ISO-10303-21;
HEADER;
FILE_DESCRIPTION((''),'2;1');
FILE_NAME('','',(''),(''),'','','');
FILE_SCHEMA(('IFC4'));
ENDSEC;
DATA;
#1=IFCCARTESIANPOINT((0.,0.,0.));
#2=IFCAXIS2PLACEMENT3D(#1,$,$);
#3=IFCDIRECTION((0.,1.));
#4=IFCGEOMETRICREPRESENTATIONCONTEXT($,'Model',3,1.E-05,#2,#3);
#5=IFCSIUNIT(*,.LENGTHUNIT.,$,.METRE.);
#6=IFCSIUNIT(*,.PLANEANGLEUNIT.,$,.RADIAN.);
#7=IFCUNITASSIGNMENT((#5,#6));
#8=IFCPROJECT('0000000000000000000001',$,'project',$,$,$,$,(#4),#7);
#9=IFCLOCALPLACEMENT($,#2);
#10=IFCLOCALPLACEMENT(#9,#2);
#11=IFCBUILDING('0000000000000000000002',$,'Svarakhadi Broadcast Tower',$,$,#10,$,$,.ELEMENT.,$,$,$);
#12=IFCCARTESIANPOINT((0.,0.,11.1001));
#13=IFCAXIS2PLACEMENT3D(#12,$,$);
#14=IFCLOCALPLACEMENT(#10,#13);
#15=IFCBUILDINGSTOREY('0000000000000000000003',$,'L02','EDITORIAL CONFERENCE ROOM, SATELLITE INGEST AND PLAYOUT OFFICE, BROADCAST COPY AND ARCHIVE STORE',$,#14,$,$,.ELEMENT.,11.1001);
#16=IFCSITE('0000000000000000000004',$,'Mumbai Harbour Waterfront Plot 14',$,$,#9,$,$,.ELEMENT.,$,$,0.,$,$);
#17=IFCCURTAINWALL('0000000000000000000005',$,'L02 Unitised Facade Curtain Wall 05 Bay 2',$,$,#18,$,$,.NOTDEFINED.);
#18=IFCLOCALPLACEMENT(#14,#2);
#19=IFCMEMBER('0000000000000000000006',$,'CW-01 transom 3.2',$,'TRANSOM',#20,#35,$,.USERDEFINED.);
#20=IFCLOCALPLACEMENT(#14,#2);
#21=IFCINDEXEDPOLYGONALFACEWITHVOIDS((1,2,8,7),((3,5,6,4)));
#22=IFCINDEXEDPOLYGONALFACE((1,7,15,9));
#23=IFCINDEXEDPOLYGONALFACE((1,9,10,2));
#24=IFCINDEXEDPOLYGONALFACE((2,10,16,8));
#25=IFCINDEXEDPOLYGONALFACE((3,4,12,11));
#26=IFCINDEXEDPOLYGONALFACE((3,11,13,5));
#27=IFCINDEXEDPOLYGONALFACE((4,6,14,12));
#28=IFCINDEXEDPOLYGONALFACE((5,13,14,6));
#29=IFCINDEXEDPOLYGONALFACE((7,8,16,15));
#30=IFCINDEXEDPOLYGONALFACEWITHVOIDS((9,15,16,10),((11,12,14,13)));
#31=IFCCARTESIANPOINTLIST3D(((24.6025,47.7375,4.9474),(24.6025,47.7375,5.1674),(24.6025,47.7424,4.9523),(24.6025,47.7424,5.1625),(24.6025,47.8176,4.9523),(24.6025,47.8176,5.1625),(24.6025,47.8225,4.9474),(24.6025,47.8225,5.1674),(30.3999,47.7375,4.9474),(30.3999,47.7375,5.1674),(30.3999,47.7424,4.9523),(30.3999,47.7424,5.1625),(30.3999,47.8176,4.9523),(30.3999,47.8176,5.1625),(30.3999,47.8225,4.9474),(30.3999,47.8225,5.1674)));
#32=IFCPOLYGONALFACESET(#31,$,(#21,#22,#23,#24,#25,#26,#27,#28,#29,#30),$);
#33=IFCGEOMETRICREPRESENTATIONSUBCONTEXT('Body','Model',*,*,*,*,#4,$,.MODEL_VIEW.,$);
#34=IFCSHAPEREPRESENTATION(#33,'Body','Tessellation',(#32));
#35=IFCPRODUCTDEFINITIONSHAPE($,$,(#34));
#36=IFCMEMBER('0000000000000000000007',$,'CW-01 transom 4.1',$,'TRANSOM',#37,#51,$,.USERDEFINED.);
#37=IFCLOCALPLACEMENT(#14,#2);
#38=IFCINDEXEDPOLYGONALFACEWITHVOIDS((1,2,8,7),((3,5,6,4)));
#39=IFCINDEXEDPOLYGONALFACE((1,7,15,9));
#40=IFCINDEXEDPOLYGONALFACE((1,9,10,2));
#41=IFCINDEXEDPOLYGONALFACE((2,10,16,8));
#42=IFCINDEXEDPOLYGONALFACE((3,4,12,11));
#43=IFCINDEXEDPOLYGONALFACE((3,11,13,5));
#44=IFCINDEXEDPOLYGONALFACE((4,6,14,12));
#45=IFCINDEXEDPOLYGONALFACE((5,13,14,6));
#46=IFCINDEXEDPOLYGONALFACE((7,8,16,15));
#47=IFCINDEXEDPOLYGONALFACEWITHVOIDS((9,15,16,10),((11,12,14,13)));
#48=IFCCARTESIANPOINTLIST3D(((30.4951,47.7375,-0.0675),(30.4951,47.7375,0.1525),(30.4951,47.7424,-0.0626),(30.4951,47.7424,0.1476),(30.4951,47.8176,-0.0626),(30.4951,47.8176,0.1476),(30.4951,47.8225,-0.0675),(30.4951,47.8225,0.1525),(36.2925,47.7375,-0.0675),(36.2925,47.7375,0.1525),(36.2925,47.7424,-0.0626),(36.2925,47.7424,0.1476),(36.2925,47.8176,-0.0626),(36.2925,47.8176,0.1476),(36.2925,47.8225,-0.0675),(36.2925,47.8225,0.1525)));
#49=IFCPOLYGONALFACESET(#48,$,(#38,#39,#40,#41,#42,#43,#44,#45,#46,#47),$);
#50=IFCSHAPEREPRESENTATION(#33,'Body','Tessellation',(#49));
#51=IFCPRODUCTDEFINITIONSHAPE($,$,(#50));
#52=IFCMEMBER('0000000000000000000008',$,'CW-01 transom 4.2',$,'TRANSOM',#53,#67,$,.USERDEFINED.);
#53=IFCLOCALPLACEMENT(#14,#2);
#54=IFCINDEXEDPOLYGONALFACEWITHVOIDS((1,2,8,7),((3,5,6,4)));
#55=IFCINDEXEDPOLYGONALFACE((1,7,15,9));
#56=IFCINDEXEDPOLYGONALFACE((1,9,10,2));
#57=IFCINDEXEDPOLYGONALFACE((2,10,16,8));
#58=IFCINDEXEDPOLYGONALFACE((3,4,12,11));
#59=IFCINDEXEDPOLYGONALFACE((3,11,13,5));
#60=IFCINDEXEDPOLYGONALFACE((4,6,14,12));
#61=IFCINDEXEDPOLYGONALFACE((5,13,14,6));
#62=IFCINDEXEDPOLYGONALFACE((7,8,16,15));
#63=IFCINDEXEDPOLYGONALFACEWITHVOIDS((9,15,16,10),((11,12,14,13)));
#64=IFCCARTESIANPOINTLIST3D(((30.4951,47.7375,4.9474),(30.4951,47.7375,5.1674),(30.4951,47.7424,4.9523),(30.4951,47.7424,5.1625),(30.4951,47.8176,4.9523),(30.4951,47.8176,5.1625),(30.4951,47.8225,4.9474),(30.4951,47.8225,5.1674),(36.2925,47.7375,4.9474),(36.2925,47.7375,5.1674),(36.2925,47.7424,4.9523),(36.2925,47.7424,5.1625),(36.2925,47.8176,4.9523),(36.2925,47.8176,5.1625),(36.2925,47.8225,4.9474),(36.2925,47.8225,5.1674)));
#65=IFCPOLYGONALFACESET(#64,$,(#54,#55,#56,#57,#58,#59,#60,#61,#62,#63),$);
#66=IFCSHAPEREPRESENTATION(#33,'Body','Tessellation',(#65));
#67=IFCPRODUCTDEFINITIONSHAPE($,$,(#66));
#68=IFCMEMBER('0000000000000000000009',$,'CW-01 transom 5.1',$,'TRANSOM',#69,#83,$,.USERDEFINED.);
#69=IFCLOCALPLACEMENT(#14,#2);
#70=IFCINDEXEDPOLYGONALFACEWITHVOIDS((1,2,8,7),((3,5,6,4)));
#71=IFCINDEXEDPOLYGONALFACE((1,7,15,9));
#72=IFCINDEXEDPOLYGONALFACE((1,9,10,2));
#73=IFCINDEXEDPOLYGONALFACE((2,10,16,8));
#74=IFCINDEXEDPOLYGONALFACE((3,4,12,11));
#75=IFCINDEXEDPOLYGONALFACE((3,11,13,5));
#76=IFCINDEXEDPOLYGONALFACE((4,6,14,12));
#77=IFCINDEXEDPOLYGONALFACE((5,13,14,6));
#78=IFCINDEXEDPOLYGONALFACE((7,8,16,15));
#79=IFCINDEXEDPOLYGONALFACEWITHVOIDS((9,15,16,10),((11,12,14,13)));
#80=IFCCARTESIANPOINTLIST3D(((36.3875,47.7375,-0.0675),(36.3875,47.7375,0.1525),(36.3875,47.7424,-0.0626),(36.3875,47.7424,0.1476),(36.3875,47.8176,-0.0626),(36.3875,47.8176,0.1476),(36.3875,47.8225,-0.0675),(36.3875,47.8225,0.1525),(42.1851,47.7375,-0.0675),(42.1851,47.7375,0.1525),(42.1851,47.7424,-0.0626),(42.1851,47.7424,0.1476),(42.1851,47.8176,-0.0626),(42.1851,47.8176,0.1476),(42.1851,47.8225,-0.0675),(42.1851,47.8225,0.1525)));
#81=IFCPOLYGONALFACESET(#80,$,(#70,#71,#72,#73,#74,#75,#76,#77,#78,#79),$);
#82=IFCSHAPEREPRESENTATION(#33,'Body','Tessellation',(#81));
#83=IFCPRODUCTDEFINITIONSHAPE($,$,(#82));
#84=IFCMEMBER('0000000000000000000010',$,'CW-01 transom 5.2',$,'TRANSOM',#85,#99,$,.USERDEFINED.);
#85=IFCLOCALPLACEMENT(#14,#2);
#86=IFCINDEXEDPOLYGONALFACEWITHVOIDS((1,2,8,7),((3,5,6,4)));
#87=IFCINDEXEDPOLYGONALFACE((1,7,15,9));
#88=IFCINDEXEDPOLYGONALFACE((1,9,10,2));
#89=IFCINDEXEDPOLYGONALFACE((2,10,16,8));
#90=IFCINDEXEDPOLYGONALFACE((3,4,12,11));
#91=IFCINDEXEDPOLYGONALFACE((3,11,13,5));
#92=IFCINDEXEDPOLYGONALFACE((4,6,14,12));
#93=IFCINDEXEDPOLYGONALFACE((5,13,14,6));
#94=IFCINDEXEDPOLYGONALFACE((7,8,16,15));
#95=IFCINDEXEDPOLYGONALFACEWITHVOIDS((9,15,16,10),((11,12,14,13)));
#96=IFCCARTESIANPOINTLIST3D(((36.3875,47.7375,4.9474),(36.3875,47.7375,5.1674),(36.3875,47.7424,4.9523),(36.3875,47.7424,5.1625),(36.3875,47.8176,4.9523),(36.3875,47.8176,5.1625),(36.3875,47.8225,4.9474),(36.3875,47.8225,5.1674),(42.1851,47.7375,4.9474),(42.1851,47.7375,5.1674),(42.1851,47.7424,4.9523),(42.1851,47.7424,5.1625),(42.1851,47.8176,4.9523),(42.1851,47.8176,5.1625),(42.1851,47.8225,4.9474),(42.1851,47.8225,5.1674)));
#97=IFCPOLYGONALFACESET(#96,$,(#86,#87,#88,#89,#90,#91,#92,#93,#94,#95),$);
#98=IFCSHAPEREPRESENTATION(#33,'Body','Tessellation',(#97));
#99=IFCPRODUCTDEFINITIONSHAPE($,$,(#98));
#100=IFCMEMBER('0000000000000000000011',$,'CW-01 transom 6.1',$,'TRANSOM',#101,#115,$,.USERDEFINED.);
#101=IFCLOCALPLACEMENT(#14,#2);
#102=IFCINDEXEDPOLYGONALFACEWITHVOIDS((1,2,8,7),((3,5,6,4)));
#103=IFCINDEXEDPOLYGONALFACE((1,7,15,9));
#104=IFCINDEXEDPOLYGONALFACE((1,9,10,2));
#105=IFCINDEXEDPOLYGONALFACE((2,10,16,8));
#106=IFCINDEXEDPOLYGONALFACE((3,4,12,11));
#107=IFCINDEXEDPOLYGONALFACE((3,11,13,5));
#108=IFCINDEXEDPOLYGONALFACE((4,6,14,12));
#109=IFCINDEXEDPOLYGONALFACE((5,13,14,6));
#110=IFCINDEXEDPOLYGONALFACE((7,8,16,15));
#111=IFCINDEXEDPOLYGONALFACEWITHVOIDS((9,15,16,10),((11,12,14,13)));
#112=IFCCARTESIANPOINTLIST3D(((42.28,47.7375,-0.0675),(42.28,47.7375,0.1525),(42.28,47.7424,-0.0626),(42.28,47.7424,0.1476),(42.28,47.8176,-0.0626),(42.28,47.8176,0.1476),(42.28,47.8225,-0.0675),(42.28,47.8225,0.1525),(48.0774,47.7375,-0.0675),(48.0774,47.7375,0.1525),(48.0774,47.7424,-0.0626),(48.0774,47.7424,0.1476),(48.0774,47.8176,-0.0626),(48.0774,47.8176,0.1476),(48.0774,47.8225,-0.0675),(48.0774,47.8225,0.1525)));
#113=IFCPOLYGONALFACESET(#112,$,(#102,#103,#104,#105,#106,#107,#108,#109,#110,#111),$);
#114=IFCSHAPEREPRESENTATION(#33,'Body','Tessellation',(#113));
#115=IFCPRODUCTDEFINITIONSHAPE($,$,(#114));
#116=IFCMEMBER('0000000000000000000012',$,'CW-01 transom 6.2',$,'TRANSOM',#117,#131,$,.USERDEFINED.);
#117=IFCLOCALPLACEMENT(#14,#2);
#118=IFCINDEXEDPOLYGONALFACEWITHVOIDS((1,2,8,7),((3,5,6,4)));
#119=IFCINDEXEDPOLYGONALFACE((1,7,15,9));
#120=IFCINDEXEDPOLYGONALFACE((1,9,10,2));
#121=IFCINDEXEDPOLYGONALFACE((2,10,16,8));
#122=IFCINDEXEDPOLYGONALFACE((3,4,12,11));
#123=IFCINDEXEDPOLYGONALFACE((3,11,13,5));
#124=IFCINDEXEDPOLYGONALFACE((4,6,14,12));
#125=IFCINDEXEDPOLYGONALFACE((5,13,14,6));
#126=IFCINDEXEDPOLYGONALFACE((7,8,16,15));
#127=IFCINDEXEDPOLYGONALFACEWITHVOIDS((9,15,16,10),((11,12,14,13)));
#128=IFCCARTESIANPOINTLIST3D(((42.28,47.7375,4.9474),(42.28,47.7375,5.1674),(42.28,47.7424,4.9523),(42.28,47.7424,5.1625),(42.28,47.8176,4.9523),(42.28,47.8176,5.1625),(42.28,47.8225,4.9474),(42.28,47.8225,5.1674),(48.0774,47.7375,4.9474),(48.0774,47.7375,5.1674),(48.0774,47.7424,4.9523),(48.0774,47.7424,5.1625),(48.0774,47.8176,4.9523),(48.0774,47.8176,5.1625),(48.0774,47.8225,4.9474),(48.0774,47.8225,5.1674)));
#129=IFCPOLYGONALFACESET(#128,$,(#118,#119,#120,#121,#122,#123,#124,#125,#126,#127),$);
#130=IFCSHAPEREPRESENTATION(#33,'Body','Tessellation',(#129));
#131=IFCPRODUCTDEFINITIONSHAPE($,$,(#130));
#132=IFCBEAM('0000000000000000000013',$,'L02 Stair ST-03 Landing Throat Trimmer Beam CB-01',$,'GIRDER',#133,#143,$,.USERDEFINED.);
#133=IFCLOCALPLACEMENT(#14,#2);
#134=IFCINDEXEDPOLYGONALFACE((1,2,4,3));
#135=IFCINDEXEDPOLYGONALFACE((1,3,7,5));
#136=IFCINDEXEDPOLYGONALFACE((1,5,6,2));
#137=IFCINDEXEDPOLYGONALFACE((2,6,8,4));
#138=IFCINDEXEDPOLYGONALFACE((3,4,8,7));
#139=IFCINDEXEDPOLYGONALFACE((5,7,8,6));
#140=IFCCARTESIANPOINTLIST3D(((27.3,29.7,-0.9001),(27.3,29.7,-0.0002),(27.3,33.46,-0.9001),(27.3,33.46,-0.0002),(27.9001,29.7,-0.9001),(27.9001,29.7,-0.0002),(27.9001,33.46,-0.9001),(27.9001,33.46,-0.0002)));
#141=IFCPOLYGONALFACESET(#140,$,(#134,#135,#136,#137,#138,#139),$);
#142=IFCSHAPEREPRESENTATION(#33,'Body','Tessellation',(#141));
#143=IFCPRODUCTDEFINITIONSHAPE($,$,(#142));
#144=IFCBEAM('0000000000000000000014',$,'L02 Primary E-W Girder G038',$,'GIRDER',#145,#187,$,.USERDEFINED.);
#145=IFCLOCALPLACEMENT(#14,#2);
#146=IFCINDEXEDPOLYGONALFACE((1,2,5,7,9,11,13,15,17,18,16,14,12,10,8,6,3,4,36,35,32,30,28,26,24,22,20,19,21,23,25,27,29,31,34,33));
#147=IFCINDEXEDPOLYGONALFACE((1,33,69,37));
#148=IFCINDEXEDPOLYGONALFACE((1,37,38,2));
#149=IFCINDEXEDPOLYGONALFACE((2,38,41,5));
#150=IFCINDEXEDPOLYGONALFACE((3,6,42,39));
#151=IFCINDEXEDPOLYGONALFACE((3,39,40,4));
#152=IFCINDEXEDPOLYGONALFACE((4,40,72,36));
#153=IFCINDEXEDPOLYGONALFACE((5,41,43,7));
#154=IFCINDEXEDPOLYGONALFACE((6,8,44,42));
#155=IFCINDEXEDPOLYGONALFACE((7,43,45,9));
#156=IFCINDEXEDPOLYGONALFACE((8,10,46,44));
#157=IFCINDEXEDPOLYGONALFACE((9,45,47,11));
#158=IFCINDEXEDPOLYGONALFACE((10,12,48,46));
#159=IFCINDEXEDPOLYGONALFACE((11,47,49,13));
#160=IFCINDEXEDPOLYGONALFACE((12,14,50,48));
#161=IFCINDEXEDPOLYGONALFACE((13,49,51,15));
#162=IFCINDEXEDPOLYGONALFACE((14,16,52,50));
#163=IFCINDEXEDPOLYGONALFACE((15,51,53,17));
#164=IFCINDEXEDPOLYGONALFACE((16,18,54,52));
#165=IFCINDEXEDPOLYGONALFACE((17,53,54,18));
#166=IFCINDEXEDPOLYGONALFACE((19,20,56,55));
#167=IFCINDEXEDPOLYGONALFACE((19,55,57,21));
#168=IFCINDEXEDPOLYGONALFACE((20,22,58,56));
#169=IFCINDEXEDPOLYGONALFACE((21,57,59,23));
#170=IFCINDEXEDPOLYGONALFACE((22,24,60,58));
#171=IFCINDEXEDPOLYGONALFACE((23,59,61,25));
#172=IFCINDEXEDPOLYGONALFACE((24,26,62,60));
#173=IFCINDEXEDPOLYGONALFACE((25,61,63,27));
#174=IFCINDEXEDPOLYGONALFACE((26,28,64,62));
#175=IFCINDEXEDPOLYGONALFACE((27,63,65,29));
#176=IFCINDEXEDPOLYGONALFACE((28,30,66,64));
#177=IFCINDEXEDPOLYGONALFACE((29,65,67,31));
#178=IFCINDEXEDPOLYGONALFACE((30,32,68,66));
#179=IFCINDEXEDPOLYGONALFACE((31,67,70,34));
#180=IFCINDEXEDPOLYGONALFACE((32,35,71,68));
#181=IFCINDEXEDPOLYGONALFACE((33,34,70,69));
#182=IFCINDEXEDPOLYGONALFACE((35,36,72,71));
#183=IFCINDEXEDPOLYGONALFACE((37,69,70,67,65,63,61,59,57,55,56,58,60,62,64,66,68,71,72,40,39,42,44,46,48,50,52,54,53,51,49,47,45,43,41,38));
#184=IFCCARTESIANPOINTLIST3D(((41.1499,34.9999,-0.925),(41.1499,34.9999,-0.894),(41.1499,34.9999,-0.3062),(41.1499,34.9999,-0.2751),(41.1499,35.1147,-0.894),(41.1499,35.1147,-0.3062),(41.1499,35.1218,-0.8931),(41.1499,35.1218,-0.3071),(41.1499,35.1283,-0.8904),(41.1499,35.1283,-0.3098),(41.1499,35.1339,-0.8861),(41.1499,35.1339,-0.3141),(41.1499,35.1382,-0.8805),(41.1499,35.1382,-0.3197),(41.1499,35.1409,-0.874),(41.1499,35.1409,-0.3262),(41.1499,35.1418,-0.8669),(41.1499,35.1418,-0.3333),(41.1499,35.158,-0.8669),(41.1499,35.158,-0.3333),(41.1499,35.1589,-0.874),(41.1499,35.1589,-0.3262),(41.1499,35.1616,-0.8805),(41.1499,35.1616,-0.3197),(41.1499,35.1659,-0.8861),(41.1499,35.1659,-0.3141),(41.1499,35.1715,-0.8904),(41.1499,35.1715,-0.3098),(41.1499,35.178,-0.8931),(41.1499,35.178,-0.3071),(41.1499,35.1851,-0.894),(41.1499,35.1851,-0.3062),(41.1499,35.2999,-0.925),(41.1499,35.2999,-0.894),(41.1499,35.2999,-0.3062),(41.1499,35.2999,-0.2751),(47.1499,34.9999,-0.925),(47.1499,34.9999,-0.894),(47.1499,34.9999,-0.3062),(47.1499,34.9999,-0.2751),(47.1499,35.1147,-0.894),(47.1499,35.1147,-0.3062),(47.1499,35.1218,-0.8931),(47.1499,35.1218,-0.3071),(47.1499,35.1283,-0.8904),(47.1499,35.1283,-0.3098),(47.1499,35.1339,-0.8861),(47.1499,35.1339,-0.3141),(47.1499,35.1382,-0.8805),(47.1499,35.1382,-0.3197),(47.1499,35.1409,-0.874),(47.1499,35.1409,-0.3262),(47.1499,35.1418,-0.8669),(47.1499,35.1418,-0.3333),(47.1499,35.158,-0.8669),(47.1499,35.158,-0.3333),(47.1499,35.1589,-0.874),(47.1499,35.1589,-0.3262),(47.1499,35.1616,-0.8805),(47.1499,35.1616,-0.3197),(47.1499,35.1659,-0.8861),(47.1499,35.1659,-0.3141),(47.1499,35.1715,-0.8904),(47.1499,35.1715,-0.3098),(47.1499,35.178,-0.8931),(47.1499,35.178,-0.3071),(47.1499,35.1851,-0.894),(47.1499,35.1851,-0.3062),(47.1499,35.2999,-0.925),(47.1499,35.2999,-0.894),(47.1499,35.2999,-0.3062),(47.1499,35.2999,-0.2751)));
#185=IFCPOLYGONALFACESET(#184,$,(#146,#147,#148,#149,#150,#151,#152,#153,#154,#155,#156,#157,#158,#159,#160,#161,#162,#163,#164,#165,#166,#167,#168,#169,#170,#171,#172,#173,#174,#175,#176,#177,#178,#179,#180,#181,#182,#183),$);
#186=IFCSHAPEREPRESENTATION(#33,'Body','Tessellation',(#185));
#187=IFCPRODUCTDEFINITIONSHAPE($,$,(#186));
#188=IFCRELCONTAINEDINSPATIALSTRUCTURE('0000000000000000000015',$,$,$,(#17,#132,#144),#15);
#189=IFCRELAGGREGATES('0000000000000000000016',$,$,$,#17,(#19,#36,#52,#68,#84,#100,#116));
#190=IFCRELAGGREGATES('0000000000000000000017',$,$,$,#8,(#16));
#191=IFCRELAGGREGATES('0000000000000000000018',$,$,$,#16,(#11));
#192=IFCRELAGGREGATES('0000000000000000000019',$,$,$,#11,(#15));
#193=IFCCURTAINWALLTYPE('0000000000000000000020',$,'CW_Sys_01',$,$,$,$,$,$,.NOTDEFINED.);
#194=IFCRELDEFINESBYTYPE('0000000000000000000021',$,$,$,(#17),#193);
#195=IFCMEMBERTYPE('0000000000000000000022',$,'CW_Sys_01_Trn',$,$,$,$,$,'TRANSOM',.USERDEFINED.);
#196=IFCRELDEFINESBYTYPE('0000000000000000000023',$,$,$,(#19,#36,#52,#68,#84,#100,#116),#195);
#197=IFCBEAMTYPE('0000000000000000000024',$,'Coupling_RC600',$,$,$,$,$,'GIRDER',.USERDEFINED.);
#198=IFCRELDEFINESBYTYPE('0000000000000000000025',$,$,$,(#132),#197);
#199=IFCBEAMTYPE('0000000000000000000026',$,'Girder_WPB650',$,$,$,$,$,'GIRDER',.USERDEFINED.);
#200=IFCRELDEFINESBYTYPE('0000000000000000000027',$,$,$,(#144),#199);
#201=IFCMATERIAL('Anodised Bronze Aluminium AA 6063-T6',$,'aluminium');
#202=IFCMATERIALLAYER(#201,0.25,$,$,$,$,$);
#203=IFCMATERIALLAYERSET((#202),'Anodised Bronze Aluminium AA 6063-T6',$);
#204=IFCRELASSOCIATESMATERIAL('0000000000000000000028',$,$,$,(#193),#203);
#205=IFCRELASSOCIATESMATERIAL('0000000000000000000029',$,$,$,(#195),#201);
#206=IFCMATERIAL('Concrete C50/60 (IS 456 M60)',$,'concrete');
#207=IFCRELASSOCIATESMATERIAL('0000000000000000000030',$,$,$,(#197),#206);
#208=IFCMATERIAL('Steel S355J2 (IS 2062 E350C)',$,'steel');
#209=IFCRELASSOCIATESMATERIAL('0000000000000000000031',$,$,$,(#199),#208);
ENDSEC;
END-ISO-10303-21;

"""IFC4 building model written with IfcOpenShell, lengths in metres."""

from ifc_helpers import new_model, si_unit, direction, frame, origin, origin_2d, place, context, subcontext, project, spatial, rectangle, hollow_rectangle, i_section, extrude, material, layer, layer_set, material_profile, profile_set, type_object, element, aggregate, save


model = new_model("IFC4")

# Units and contexts
model_context = context("Model", 3, precision=1e-05, world=origin(), true_north=direction((0.0, 1.0)))
body_context = subcontext(model_context, "Body", "Model", "MODEL_VIEW")
ifc_project = project(units=[si_unit("LENGTHUNIT", "METRE"), si_unit("PLANEANGLEUNIT", "RADIAN")], contexts=[model_context])

# Site, building, storey
site_placement = place(None, origin())
site = spatial("IfcSite", under=ifc_project, at=site_placement, Name="Mumbai Harbour Waterfront Plot 14", CompositionType="ELEMENT", RefElevation=0.0)
building_placement = place(site_placement, origin())
building = spatial("IfcBuilding", under=site, at=building_placement, Name="Svarakhadi Broadcast Tower", CompositionType="ELEMENT")
storey_placement = place(building_placement, frame((0.0, 0.0, 11.1001)))
storey = spatial("IfcBuildingStorey", under=building, at=storey_placement, Name="L02", Description="EDITORIAL CONFERENCE ROOM, SATELLITE INGEST AND PLAYOUT OFFICE, BROADCAST COPY AND ARCHIVE STORE", CompositionType="ELEMENT", Elevation=11.1001)

# Shared definitions
ifc_material_1 = material(Name="Steel S355J2 (IS 2062 E350C)", Category="steel")

# Curtain wall, members
ifc_material_2 = material(Name="Anodised Bronze Aluminium AA 6063-T6", Category="aluminium")
ifc_layer_1 = layer(ifc_material_2, 0.25)
ifc_layer_set_1 = layer_set([ifc_layer_1], Name="Anodised Bronze Aluminium AA 6063-T6")
curtain_wall_type = type_object("IfcCurtainWallType", Name="CW_Sys_01", PredefinedType="NOTDEFINED", material=ifc_layer_set_1)
curtain_wall_placement = place(storey_placement, origin())
curtain_wall = element("IfcCurtainWall", 1, at=curtain_wall_placement, inside=storey, type_object=curtain_wall_type, Name="L02 Unitised Facade Curtain Wall 05 Bay 2", PredefinedType="NOTDEFINED")
ifc_material_profile_1 = material_profile(ifc_material_2, hollow_rectangle(XDim=0.085, YDim=0.22, WallThickness=0.0049, at=origin_2d()), Name="ALU TRANSOM 220x85x5")
ifc_profile_set_1 = profile_set([ifc_material_profile_1], Name="Anodised Bronze Aluminium AA 6063-T6")
member_type_1 = type_object("IfcMemberType", Name="CW_Sys_01_Trn", ElementType="TRANSOM", PredefinedType="USERDEFINED", material=ifc_profile_set_1)
member_1_placement = place(storey_placement, frame((24.6025, 47.78, 5.0574), z_axis=(1.0, 0.0, 0.0), x_axis=(0.0, 1.0, 0.0)))
member_1 = element("IfcMember", 2, at=member_1_placement, type_object=member_type_1, Name="CW-01 transom 3.2", ObjectType="TRANSOM", PredefinedType="USERDEFINED", context=body_context, shape_type="SweptSolid", body=[
    extrude(hollow_rectangle(XDim=0.085, YDim=0.22, WallThickness=0.0049, at=origin_2d()), origin(), (0.0, 0.0, 1.0), 5.7974),
])
member_2_placement = place(storey_placement, frame((30.4951, 47.78, 0.0425), z_axis=(1.0, 0.0, 0.0), x_axis=(0.0, 1.0, 0.0)))
member_2 = element("IfcMember", 3, at=member_2_placement, type_object=member_type_1, Name="CW-01 transom 4.1", ObjectType="TRANSOM", PredefinedType="USERDEFINED", context=body_context, shape_type="SweptSolid", body=[
    extrude(hollow_rectangle(XDim=0.085, YDim=0.22, WallThickness=0.0049, at=origin_2d()), origin(), (0.0, 0.0, 1.0), 5.7974),
])
member_3_placement = place(storey_placement, frame((30.4951, 47.78, 5.0574), z_axis=(1.0, 0.0, 0.0), x_axis=(0.0, 1.0, 0.0)))
member_3 = element("IfcMember", 4, at=member_3_placement, type_object=member_type_1, Name="CW-01 transom 4.2", ObjectType="TRANSOM", PredefinedType="USERDEFINED", context=body_context, shape_type="SweptSolid", body=[
    extrude(hollow_rectangle(XDim=0.085, YDim=0.22, WallThickness=0.0049, at=origin_2d()), origin(), (0.0, 0.0, 1.0), 5.7974),
])
member_4_placement = place(storey_placement, frame((36.3875, 47.78, 0.0425), z_axis=(1.0, 0.0, 0.0), x_axis=(0.0, 1.0, 0.0)))
member_4 = element("IfcMember", 5, at=member_4_placement, type_object=member_type_1, Name="CW-01 transom 5.1", ObjectType="TRANSOM", PredefinedType="USERDEFINED", context=body_context, shape_type="SweptSolid", body=[
    extrude(hollow_rectangle(XDim=0.085, YDim=0.22, WallThickness=0.0049, at=origin_2d()), origin(), (0.0, 0.0, 1.0), 5.7976),
])
member_5_placement = place(storey_placement, frame((36.3875, 47.78, 5.0574), z_axis=(1.0, 0.0, 0.0), x_axis=(0.0, 1.0, 0.0)))
member_5 = element("IfcMember", 6, at=member_5_placement, type_object=member_type_1, Name="CW-01 transom 5.2", ObjectType="TRANSOM", PredefinedType="USERDEFINED", context=body_context, shape_type="SweptSolid", body=[
    extrude(hollow_rectangle(XDim=0.085, YDim=0.22, WallThickness=0.0049, at=origin_2d()), origin(), (0.0, 0.0, 1.0), 5.7976),
])
member_6_placement = place(storey_placement, frame((42.28, 47.78, 0.0425), z_axis=(1.0, 0.0, 0.0), x_axis=(0.0, 1.0, 0.0)))
member_6 = element("IfcMember", 7, at=member_6_placement, type_object=member_type_1, Name="CW-01 transom 6.1", ObjectType="TRANSOM", PredefinedType="USERDEFINED", context=body_context, shape_type="SweptSolid", body=[
    extrude(hollow_rectangle(XDim=0.085, YDim=0.22, WallThickness=0.0049, at=origin_2d()), origin(), (0.0, 0.0, 1.0), 5.7974),
])
member_7_placement = place(storey_placement, frame((42.28, 47.78, 5.0574), z_axis=(1.0, 0.0, 0.0), x_axis=(0.0, 1.0, 0.0)))
member_7 = element("IfcMember", 8, at=member_7_placement, type_object=member_type_1, Name="CW-01 transom 6.2", ObjectType="TRANSOM", PredefinedType="USERDEFINED", context=body_context, shape_type="SweptSolid", body=[
    extrude(hollow_rectangle(XDim=0.085, YDim=0.22, WallThickness=0.0049, at=origin_2d()), origin(), (0.0, 0.0, 1.0), 5.7974),
])

# Beams
ifc_material_3 = material(Name="Concrete C50/60 (IS 456 M60)", Category="concrete")
ifc_material_profile_2 = material_profile(ifc_material_3, rectangle(XDim=0.6001, YDim=0.8999, at=origin_2d()), Name="RC 600x900")
ifc_profile_set_2 = profile_set([ifc_material_profile_2], Name="Concrete C50/60 (IS 456 M60)")
beam_type_1 = type_object("IfcBeamType", Name="Coupling_RC600", ElementType="GIRDER", PredefinedType="USERDEFINED", material=ifc_profile_set_2)
beam_1_placement = place(storey_placement, frame((27.6001, 29.7, -0.4502), z_axis=(0.0, 1.0, 0.0), x_axis=(-1.0, 0.0, 0.0)))
element("IfcBeam", 9, at=beam_1_placement, inside=storey, type_object=beam_type_1, Name="L02 Stair ST-03 Landing Throat Trimmer Beam CB-01", ObjectType="GIRDER", PredefinedType="USERDEFINED", context=body_context, shape_type="SweptSolid", body=[
    extrude(rectangle(XDim=0.6001, YDim=0.8999, at=origin_2d()), origin(), (0.0, 0.0, 1.0), 3.76),
])
ifc_material_profile_3 = material_profile(ifc_material_1, i_section(OverallWidth=0.3, OverallDepth=0.6499, WebThickness=0.0161, FlangeThickness=0.031, FilletRadius=0.0271, at=origin_2d()), Name="WPB 650x300x225")
ifc_profile_set_3 = profile_set([ifc_material_profile_3], Name="Steel S355J2 (IS 2062 E350C)")
beam_type_2 = type_object("IfcBeamType", Name="Girder_WPB650", ElementType="GIRDER", PredefinedType="USERDEFINED", material=ifc_profile_set_3)
beam_2_placement = place(storey_placement, frame((41.1499, 35.1499, -0.6001), z_axis=(1.0, 0.0, 0.0), x_axis=(0.0, 1.0, 0.0)))
element("IfcBeam", 10, at=beam_2_placement, inside=storey, type_object=beam_type_2, Name="L02 Primary E-W Girder G038", ObjectType="GIRDER", PredefinedType="USERDEFINED", context=body_context, shape_type="SweptSolid", body=[
    extrude(i_section(OverallWidth=0.3, OverallDepth=0.6499, WebThickness=0.0161, FlangeThickness=0.031, FilletRadius=0.0271, at=origin_2d()), origin(), (0.0, 0.0, 1.0), 6.0),
])

aggregate(curtain_wall, [member_1, member_2, member_3, member_4, member_5, member_6, member_7])

save(model, "model.ifc")
